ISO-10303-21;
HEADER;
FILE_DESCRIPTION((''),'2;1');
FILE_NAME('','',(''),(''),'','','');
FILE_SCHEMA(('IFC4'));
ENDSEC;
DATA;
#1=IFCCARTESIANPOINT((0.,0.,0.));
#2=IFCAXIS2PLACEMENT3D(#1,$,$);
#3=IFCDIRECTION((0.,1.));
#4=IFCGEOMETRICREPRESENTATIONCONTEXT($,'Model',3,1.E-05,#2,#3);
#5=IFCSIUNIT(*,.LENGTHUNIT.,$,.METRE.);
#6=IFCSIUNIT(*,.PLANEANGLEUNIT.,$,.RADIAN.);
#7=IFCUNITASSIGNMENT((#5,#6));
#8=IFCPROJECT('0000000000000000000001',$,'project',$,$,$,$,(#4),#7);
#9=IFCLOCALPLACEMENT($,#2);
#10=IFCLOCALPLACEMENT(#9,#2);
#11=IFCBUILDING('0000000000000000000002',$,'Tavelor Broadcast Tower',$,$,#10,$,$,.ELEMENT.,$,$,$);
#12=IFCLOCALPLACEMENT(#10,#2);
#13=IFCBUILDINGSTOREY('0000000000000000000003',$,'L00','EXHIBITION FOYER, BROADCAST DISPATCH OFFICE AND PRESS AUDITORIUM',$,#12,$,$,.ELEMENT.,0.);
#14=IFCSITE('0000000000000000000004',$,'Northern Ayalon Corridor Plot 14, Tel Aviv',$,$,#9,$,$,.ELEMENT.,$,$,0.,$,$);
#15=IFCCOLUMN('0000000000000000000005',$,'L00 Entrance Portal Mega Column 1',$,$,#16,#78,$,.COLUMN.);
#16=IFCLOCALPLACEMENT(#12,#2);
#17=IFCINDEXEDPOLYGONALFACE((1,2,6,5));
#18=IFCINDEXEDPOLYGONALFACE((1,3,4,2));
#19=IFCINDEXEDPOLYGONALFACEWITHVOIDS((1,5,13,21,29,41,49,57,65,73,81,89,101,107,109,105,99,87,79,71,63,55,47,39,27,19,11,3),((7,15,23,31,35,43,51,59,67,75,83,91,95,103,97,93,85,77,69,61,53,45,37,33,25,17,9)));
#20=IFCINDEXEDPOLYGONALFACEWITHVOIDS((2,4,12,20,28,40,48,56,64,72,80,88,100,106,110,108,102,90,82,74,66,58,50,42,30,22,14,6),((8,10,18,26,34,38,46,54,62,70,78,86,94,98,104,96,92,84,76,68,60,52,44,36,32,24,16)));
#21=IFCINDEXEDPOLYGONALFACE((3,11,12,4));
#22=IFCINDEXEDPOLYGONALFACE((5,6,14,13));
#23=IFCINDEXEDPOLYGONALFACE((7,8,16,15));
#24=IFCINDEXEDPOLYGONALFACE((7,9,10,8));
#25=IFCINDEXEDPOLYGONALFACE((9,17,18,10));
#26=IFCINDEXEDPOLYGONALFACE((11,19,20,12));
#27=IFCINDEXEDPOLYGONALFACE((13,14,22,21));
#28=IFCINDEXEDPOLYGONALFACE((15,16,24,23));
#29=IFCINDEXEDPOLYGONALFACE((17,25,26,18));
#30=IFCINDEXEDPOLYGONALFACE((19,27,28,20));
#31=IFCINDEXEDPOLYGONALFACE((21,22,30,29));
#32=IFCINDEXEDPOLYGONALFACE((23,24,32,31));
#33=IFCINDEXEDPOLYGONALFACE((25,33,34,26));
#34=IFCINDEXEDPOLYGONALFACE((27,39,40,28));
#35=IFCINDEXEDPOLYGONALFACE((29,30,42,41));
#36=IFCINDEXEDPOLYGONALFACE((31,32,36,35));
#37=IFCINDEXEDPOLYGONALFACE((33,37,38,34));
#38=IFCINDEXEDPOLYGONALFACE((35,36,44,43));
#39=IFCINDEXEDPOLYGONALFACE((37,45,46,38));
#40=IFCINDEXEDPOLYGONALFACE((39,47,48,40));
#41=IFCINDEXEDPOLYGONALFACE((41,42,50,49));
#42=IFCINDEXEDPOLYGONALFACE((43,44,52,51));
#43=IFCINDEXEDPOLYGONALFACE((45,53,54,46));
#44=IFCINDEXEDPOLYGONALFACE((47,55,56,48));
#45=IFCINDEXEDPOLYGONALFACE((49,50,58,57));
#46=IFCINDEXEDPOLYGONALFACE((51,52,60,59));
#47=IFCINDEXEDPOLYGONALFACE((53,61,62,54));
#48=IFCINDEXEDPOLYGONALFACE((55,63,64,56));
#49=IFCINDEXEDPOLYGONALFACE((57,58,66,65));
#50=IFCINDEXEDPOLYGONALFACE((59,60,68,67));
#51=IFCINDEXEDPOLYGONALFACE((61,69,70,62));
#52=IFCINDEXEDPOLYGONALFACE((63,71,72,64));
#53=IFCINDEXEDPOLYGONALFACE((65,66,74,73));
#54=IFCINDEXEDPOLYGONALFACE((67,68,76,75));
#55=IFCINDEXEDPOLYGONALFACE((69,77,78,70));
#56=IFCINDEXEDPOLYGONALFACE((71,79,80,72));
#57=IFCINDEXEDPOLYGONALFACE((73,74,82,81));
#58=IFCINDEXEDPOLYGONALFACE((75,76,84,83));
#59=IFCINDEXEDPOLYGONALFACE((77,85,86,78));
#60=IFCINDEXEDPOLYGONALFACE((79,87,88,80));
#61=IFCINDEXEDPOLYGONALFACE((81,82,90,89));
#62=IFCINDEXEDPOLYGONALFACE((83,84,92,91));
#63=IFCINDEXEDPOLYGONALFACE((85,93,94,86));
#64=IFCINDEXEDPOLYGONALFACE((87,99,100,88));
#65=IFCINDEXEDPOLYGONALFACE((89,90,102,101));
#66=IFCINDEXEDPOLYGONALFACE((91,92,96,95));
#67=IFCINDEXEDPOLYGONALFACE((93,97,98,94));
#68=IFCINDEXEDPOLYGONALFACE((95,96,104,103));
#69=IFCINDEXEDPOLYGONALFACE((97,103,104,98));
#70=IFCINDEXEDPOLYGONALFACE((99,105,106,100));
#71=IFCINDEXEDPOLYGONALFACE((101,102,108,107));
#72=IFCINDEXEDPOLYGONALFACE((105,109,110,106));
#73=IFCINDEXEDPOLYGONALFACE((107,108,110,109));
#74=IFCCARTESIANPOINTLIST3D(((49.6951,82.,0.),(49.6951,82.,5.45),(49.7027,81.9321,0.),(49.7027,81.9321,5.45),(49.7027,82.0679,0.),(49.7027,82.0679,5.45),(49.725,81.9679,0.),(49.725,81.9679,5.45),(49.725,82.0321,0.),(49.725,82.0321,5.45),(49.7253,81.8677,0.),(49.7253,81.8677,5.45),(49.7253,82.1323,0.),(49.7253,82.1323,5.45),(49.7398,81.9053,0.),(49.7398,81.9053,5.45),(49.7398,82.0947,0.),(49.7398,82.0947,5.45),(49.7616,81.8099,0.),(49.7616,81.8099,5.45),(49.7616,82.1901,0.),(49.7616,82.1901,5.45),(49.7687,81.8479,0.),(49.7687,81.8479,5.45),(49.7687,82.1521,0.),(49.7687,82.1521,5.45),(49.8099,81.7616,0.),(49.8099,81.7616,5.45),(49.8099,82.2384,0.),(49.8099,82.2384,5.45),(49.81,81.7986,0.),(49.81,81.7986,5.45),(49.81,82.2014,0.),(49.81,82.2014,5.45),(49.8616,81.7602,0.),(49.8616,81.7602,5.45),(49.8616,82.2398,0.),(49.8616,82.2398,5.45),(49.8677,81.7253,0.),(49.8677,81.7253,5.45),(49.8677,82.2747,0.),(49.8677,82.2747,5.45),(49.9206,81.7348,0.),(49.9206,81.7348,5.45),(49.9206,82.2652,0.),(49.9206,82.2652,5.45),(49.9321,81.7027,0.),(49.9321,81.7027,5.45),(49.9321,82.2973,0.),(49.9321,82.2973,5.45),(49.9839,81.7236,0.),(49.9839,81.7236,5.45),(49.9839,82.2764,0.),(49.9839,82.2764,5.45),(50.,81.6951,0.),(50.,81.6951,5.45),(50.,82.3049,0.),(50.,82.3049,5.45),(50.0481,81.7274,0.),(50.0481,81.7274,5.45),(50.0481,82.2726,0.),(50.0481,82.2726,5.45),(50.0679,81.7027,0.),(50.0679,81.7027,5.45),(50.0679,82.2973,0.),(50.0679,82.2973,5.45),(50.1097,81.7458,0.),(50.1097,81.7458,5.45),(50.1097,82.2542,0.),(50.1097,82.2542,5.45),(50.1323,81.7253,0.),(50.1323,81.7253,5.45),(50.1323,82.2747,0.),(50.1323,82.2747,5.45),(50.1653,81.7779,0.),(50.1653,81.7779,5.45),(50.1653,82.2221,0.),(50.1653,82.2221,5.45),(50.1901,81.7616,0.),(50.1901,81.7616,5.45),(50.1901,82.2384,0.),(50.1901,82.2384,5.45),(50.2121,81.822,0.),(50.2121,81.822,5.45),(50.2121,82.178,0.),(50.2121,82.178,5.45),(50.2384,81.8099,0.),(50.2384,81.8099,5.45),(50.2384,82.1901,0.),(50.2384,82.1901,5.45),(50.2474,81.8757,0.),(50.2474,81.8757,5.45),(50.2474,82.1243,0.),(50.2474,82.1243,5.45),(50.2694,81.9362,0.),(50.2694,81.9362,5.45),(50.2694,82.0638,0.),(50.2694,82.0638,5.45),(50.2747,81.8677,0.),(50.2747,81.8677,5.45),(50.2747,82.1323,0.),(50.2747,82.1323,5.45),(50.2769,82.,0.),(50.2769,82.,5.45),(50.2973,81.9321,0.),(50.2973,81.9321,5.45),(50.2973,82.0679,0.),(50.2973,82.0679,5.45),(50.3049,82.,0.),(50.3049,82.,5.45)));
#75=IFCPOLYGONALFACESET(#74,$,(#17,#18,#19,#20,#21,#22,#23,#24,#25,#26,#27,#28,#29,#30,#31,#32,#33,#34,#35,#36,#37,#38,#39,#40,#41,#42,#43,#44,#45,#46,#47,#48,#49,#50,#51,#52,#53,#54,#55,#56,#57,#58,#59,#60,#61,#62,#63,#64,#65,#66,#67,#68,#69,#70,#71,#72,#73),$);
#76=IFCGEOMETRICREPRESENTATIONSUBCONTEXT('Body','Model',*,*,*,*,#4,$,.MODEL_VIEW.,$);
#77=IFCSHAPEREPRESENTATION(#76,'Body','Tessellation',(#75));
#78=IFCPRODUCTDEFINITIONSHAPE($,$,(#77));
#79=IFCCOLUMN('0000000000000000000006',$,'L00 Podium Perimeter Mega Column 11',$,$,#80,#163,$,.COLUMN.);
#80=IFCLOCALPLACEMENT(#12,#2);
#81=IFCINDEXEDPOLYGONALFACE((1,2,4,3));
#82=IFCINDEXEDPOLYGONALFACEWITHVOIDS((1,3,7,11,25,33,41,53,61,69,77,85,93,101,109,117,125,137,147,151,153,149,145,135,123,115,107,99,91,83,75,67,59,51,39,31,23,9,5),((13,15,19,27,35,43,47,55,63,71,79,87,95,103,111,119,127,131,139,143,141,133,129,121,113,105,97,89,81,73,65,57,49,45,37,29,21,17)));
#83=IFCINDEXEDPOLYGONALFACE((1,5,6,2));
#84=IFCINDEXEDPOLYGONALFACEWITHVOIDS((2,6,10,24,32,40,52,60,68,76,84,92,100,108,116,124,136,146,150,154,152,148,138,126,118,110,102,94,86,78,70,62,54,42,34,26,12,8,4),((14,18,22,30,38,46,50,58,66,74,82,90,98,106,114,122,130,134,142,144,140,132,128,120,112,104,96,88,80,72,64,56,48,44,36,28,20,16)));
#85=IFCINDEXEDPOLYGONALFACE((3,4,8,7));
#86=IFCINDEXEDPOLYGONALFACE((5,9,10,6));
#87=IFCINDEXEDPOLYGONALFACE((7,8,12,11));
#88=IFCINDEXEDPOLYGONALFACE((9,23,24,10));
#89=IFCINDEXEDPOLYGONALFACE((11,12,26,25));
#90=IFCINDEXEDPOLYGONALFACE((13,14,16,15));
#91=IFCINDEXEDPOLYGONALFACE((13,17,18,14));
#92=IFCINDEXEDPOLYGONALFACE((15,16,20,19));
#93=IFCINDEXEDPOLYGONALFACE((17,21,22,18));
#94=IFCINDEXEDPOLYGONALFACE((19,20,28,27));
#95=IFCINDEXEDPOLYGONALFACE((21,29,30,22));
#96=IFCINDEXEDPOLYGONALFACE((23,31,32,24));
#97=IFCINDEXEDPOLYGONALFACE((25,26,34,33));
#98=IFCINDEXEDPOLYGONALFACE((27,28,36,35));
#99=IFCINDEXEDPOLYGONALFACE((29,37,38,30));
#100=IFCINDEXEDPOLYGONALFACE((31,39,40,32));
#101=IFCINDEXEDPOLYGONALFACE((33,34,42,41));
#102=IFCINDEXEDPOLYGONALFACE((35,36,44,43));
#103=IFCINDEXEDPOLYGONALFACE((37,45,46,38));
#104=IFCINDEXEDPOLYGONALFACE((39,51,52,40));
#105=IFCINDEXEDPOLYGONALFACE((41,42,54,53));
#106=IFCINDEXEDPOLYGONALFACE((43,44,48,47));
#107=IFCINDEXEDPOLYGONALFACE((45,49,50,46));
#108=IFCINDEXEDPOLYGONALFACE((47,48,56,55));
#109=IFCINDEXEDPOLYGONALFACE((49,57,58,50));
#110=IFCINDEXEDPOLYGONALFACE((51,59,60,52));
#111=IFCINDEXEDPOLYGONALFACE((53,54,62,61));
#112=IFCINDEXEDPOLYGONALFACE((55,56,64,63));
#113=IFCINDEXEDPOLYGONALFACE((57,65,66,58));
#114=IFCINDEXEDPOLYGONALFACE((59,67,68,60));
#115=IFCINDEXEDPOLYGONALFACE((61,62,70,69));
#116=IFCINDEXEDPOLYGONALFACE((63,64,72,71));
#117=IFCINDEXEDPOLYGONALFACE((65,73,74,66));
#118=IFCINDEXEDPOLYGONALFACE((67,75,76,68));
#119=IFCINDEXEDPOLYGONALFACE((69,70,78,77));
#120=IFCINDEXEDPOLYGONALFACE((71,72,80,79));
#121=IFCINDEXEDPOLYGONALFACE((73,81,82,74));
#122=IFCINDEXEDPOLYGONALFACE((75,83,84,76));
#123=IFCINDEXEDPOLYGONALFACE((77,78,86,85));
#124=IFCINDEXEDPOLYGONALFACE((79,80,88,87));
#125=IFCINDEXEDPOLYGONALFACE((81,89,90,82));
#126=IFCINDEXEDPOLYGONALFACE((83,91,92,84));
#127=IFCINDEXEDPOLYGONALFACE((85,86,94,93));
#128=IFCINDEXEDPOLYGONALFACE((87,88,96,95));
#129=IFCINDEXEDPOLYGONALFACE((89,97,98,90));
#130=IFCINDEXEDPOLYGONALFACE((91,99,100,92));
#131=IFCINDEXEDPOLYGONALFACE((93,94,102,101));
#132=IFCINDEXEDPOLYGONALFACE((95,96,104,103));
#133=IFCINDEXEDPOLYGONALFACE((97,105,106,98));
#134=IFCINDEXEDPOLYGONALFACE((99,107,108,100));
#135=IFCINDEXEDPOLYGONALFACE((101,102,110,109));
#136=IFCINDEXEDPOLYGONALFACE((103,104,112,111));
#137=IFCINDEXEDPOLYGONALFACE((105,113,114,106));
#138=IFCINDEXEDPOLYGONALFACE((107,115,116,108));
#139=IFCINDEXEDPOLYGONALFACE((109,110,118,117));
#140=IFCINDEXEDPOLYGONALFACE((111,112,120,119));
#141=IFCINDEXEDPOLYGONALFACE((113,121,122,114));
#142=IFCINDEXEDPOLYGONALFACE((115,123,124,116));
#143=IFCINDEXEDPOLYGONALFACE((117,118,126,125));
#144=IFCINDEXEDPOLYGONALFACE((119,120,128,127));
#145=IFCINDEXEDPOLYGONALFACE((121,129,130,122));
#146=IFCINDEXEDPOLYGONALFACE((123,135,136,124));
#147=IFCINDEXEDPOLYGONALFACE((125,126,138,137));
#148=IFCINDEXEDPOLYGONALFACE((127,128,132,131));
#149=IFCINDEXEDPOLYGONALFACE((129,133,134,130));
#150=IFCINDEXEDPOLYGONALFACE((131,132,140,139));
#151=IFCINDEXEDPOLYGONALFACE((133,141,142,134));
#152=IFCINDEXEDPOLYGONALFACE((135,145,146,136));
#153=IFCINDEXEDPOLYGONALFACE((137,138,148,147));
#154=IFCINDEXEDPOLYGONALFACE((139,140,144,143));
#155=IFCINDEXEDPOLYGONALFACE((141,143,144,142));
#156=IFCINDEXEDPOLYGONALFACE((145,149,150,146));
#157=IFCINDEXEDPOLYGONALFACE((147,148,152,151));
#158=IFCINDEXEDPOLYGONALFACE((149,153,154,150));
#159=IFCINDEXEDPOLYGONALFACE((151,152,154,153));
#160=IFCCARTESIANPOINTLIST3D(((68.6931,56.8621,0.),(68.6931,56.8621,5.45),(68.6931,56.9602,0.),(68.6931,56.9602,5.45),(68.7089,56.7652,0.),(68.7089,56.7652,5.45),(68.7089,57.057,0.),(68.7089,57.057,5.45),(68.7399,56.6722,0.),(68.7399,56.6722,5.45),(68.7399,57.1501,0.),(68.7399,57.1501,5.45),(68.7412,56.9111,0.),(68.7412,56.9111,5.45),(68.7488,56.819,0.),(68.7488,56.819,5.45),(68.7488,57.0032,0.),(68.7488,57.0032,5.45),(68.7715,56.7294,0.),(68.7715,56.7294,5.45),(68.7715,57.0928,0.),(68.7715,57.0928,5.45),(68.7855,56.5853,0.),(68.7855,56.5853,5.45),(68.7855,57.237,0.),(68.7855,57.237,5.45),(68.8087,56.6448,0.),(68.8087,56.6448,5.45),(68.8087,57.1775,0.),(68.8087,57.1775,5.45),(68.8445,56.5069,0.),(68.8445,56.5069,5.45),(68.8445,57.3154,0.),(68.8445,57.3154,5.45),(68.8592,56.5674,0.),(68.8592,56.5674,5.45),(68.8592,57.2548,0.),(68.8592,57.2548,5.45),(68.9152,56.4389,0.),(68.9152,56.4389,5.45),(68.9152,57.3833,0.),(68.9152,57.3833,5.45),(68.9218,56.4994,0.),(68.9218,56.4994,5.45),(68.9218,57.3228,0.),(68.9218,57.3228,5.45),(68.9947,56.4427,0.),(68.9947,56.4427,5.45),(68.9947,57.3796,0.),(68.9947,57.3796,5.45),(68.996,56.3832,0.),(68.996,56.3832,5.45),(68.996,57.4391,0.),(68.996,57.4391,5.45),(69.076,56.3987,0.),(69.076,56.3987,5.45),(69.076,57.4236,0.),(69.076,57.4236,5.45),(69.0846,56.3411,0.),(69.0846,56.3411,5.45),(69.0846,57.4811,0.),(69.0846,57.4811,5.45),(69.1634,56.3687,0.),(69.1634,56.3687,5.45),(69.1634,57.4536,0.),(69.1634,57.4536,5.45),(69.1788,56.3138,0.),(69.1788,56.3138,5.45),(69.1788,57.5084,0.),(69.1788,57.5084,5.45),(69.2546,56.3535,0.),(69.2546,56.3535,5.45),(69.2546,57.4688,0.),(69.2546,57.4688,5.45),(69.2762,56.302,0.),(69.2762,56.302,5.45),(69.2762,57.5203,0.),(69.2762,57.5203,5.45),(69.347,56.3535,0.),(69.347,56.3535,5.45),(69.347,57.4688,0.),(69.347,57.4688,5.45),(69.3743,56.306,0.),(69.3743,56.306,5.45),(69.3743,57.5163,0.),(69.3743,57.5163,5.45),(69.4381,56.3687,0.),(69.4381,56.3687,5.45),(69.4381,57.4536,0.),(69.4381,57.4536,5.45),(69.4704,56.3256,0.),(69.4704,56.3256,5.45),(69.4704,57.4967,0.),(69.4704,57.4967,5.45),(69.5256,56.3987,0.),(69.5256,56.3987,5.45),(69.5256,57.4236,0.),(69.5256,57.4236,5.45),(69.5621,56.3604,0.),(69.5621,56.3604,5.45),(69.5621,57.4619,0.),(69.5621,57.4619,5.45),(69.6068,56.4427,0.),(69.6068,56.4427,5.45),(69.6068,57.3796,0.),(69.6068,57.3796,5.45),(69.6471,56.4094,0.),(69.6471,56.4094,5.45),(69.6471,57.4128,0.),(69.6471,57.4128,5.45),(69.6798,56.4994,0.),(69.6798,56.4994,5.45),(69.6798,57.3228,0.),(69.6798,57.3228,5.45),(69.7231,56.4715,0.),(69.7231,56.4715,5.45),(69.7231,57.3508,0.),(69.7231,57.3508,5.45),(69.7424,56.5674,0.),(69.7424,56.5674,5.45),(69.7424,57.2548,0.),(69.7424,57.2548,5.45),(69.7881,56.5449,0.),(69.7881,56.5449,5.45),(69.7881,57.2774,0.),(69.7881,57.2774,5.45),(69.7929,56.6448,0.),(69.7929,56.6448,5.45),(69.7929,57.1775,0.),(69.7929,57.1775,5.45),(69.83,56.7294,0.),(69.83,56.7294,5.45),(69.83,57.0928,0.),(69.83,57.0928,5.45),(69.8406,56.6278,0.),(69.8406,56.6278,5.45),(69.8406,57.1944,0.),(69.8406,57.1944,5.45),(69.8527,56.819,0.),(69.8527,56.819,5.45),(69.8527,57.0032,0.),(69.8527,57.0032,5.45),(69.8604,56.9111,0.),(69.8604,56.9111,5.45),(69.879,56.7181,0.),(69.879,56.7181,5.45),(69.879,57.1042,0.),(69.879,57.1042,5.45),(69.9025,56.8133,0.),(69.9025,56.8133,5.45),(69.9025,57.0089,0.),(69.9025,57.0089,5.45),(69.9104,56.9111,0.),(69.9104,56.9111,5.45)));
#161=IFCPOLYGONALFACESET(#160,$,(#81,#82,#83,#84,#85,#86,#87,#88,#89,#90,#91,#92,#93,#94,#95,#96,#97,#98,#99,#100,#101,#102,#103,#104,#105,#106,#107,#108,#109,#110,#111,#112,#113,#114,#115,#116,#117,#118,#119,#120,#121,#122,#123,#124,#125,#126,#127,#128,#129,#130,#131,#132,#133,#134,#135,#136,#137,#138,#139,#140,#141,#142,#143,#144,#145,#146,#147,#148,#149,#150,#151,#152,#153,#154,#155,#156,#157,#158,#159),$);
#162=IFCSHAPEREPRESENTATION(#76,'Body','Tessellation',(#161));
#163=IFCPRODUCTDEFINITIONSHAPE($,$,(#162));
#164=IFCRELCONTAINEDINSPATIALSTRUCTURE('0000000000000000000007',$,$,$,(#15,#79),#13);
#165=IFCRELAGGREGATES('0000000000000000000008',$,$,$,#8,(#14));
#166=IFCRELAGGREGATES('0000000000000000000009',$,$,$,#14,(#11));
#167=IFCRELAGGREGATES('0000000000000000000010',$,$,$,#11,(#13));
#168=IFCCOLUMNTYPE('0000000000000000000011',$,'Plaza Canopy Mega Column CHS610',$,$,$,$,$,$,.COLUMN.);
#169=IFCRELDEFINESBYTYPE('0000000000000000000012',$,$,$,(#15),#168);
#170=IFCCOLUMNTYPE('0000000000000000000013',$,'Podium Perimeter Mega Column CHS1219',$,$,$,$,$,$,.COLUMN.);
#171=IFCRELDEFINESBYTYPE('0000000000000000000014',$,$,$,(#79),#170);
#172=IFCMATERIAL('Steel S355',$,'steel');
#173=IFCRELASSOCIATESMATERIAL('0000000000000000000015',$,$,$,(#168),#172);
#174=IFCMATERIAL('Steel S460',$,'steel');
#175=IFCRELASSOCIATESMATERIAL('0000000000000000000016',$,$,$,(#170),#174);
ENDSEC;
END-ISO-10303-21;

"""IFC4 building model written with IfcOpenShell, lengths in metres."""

from ifc_helpers import new_model, si_unit, direction, frame, origin, origin_2d, place, context, subcontext, project, spatial, hollow_circle, extrude, material, material_profile, profile_set, type_object, element, save


model = new_model("IFC4")

# Units and contexts
model_context = context("Model", 3, precision=1e-05, world=origin(), true_north=direction((0.0, 1.0)))
body_context = subcontext(model_context, "Body", "Model", "MODEL_VIEW")
ifc_project = project(units=[si_unit("LENGTHUNIT", "METRE"), si_unit("PLANEANGLEUNIT", "RADIAN")], contexts=[model_context])

# Site, building, storey
site_placement = place(None, origin())
site = spatial("IfcSite", under=ifc_project, at=site_placement, Name="Northern Ayalon Corridor Plot 14, Tel Aviv", CompositionType="ELEMENT", RefElevation=0.0)
building_placement = place(site_placement, origin())
building = spatial("IfcBuilding", under=site, at=building_placement, Name="Tavelor Broadcast Tower", CompositionType="ELEMENT")
storey_placement = place(building_placement, origin())
storey = spatial("IfcBuildingStorey", under=building, at=storey_placement, Name="L00", Description="EXHIBITION FOYER, BROADCAST DISPATCH OFFICE AND PRESS AUDITORIUM", CompositionType="ELEMENT", Elevation=0.0)

# Columns
ifc_material_1 = material(Name="Steel S355", Category="steel")
ifc_material_profile_1 = material_profile(ifc_material_1, hollow_circle(Radius=0.3049, WallThickness=0.0281, at=origin_2d()), Name="CHS 610x28")
ifc_profile_set_1 = profile_set([ifc_material_profile_1], Name="Steel S355")
column_type_1 = type_object("IfcColumnType", Name="Plaza Canopy Mega Column CHS610", PredefinedType="COLUMN", material=ifc_profile_set_1)
column_placement = place(storey_placement, frame((50.0, 82.0, 0.0), z_axis=(0.0, 0.0, 1.0), x_axis=(1.0, 0.0, 0.0)))
element("IfcColumn", 1, at=column_placement, inside=storey, type_object=column_type_1, Name="L00 Entrance Portal Mega Column 1", PredefinedType="COLUMN", context=body_context, shape_type="SweptSolid", body=[
    extrude(hollow_circle(Radius=0.3049, WallThickness=0.0281, at=origin_2d()), origin(), (0.0, 0.0, 1.0), 5.45),
])
ifc_material_2 = material(Name="Steel S460", Category="steel")
ifc_material_profile_2 = material_profile(ifc_material_2, hollow_circle(Radius=0.6096, WallThickness=0.05, at=origin_2d()), Name="CHS 1219x50")
ifc_profile_set_2 = profile_set([ifc_material_profile_2], Name="Steel S460")
column_type_2 = type_object("IfcColumnType", Name="Podium Perimeter Mega Column CHS1219", PredefinedType="COLUMN", material=ifc_profile_set_2)
for number, where, z_axis, x_axis, name in (
    (2, (69.3008, 56.9111, 0.0), (0.0, 0.0, 1.0), (1.0, 0.0, 0.0), "L00 Podium Perimeter Mega Column 11"),
):
    element("IfcColumn", number, at=place(storey_placement, frame(where, z_axis=z_axis, x_axis=x_axis)), inside=storey, type_object=column_type_2, Name=name, PredefinedType="COLUMN", context=body_context, shape_type="SweptSolid", body=[
        extrude(hollow_circle(Radius=0.6096, WallThickness=0.05, at=origin_2d()), origin(), (0.0, 0.0, 1.0), 5.45),
    ])

save(model, "model.ifc")
